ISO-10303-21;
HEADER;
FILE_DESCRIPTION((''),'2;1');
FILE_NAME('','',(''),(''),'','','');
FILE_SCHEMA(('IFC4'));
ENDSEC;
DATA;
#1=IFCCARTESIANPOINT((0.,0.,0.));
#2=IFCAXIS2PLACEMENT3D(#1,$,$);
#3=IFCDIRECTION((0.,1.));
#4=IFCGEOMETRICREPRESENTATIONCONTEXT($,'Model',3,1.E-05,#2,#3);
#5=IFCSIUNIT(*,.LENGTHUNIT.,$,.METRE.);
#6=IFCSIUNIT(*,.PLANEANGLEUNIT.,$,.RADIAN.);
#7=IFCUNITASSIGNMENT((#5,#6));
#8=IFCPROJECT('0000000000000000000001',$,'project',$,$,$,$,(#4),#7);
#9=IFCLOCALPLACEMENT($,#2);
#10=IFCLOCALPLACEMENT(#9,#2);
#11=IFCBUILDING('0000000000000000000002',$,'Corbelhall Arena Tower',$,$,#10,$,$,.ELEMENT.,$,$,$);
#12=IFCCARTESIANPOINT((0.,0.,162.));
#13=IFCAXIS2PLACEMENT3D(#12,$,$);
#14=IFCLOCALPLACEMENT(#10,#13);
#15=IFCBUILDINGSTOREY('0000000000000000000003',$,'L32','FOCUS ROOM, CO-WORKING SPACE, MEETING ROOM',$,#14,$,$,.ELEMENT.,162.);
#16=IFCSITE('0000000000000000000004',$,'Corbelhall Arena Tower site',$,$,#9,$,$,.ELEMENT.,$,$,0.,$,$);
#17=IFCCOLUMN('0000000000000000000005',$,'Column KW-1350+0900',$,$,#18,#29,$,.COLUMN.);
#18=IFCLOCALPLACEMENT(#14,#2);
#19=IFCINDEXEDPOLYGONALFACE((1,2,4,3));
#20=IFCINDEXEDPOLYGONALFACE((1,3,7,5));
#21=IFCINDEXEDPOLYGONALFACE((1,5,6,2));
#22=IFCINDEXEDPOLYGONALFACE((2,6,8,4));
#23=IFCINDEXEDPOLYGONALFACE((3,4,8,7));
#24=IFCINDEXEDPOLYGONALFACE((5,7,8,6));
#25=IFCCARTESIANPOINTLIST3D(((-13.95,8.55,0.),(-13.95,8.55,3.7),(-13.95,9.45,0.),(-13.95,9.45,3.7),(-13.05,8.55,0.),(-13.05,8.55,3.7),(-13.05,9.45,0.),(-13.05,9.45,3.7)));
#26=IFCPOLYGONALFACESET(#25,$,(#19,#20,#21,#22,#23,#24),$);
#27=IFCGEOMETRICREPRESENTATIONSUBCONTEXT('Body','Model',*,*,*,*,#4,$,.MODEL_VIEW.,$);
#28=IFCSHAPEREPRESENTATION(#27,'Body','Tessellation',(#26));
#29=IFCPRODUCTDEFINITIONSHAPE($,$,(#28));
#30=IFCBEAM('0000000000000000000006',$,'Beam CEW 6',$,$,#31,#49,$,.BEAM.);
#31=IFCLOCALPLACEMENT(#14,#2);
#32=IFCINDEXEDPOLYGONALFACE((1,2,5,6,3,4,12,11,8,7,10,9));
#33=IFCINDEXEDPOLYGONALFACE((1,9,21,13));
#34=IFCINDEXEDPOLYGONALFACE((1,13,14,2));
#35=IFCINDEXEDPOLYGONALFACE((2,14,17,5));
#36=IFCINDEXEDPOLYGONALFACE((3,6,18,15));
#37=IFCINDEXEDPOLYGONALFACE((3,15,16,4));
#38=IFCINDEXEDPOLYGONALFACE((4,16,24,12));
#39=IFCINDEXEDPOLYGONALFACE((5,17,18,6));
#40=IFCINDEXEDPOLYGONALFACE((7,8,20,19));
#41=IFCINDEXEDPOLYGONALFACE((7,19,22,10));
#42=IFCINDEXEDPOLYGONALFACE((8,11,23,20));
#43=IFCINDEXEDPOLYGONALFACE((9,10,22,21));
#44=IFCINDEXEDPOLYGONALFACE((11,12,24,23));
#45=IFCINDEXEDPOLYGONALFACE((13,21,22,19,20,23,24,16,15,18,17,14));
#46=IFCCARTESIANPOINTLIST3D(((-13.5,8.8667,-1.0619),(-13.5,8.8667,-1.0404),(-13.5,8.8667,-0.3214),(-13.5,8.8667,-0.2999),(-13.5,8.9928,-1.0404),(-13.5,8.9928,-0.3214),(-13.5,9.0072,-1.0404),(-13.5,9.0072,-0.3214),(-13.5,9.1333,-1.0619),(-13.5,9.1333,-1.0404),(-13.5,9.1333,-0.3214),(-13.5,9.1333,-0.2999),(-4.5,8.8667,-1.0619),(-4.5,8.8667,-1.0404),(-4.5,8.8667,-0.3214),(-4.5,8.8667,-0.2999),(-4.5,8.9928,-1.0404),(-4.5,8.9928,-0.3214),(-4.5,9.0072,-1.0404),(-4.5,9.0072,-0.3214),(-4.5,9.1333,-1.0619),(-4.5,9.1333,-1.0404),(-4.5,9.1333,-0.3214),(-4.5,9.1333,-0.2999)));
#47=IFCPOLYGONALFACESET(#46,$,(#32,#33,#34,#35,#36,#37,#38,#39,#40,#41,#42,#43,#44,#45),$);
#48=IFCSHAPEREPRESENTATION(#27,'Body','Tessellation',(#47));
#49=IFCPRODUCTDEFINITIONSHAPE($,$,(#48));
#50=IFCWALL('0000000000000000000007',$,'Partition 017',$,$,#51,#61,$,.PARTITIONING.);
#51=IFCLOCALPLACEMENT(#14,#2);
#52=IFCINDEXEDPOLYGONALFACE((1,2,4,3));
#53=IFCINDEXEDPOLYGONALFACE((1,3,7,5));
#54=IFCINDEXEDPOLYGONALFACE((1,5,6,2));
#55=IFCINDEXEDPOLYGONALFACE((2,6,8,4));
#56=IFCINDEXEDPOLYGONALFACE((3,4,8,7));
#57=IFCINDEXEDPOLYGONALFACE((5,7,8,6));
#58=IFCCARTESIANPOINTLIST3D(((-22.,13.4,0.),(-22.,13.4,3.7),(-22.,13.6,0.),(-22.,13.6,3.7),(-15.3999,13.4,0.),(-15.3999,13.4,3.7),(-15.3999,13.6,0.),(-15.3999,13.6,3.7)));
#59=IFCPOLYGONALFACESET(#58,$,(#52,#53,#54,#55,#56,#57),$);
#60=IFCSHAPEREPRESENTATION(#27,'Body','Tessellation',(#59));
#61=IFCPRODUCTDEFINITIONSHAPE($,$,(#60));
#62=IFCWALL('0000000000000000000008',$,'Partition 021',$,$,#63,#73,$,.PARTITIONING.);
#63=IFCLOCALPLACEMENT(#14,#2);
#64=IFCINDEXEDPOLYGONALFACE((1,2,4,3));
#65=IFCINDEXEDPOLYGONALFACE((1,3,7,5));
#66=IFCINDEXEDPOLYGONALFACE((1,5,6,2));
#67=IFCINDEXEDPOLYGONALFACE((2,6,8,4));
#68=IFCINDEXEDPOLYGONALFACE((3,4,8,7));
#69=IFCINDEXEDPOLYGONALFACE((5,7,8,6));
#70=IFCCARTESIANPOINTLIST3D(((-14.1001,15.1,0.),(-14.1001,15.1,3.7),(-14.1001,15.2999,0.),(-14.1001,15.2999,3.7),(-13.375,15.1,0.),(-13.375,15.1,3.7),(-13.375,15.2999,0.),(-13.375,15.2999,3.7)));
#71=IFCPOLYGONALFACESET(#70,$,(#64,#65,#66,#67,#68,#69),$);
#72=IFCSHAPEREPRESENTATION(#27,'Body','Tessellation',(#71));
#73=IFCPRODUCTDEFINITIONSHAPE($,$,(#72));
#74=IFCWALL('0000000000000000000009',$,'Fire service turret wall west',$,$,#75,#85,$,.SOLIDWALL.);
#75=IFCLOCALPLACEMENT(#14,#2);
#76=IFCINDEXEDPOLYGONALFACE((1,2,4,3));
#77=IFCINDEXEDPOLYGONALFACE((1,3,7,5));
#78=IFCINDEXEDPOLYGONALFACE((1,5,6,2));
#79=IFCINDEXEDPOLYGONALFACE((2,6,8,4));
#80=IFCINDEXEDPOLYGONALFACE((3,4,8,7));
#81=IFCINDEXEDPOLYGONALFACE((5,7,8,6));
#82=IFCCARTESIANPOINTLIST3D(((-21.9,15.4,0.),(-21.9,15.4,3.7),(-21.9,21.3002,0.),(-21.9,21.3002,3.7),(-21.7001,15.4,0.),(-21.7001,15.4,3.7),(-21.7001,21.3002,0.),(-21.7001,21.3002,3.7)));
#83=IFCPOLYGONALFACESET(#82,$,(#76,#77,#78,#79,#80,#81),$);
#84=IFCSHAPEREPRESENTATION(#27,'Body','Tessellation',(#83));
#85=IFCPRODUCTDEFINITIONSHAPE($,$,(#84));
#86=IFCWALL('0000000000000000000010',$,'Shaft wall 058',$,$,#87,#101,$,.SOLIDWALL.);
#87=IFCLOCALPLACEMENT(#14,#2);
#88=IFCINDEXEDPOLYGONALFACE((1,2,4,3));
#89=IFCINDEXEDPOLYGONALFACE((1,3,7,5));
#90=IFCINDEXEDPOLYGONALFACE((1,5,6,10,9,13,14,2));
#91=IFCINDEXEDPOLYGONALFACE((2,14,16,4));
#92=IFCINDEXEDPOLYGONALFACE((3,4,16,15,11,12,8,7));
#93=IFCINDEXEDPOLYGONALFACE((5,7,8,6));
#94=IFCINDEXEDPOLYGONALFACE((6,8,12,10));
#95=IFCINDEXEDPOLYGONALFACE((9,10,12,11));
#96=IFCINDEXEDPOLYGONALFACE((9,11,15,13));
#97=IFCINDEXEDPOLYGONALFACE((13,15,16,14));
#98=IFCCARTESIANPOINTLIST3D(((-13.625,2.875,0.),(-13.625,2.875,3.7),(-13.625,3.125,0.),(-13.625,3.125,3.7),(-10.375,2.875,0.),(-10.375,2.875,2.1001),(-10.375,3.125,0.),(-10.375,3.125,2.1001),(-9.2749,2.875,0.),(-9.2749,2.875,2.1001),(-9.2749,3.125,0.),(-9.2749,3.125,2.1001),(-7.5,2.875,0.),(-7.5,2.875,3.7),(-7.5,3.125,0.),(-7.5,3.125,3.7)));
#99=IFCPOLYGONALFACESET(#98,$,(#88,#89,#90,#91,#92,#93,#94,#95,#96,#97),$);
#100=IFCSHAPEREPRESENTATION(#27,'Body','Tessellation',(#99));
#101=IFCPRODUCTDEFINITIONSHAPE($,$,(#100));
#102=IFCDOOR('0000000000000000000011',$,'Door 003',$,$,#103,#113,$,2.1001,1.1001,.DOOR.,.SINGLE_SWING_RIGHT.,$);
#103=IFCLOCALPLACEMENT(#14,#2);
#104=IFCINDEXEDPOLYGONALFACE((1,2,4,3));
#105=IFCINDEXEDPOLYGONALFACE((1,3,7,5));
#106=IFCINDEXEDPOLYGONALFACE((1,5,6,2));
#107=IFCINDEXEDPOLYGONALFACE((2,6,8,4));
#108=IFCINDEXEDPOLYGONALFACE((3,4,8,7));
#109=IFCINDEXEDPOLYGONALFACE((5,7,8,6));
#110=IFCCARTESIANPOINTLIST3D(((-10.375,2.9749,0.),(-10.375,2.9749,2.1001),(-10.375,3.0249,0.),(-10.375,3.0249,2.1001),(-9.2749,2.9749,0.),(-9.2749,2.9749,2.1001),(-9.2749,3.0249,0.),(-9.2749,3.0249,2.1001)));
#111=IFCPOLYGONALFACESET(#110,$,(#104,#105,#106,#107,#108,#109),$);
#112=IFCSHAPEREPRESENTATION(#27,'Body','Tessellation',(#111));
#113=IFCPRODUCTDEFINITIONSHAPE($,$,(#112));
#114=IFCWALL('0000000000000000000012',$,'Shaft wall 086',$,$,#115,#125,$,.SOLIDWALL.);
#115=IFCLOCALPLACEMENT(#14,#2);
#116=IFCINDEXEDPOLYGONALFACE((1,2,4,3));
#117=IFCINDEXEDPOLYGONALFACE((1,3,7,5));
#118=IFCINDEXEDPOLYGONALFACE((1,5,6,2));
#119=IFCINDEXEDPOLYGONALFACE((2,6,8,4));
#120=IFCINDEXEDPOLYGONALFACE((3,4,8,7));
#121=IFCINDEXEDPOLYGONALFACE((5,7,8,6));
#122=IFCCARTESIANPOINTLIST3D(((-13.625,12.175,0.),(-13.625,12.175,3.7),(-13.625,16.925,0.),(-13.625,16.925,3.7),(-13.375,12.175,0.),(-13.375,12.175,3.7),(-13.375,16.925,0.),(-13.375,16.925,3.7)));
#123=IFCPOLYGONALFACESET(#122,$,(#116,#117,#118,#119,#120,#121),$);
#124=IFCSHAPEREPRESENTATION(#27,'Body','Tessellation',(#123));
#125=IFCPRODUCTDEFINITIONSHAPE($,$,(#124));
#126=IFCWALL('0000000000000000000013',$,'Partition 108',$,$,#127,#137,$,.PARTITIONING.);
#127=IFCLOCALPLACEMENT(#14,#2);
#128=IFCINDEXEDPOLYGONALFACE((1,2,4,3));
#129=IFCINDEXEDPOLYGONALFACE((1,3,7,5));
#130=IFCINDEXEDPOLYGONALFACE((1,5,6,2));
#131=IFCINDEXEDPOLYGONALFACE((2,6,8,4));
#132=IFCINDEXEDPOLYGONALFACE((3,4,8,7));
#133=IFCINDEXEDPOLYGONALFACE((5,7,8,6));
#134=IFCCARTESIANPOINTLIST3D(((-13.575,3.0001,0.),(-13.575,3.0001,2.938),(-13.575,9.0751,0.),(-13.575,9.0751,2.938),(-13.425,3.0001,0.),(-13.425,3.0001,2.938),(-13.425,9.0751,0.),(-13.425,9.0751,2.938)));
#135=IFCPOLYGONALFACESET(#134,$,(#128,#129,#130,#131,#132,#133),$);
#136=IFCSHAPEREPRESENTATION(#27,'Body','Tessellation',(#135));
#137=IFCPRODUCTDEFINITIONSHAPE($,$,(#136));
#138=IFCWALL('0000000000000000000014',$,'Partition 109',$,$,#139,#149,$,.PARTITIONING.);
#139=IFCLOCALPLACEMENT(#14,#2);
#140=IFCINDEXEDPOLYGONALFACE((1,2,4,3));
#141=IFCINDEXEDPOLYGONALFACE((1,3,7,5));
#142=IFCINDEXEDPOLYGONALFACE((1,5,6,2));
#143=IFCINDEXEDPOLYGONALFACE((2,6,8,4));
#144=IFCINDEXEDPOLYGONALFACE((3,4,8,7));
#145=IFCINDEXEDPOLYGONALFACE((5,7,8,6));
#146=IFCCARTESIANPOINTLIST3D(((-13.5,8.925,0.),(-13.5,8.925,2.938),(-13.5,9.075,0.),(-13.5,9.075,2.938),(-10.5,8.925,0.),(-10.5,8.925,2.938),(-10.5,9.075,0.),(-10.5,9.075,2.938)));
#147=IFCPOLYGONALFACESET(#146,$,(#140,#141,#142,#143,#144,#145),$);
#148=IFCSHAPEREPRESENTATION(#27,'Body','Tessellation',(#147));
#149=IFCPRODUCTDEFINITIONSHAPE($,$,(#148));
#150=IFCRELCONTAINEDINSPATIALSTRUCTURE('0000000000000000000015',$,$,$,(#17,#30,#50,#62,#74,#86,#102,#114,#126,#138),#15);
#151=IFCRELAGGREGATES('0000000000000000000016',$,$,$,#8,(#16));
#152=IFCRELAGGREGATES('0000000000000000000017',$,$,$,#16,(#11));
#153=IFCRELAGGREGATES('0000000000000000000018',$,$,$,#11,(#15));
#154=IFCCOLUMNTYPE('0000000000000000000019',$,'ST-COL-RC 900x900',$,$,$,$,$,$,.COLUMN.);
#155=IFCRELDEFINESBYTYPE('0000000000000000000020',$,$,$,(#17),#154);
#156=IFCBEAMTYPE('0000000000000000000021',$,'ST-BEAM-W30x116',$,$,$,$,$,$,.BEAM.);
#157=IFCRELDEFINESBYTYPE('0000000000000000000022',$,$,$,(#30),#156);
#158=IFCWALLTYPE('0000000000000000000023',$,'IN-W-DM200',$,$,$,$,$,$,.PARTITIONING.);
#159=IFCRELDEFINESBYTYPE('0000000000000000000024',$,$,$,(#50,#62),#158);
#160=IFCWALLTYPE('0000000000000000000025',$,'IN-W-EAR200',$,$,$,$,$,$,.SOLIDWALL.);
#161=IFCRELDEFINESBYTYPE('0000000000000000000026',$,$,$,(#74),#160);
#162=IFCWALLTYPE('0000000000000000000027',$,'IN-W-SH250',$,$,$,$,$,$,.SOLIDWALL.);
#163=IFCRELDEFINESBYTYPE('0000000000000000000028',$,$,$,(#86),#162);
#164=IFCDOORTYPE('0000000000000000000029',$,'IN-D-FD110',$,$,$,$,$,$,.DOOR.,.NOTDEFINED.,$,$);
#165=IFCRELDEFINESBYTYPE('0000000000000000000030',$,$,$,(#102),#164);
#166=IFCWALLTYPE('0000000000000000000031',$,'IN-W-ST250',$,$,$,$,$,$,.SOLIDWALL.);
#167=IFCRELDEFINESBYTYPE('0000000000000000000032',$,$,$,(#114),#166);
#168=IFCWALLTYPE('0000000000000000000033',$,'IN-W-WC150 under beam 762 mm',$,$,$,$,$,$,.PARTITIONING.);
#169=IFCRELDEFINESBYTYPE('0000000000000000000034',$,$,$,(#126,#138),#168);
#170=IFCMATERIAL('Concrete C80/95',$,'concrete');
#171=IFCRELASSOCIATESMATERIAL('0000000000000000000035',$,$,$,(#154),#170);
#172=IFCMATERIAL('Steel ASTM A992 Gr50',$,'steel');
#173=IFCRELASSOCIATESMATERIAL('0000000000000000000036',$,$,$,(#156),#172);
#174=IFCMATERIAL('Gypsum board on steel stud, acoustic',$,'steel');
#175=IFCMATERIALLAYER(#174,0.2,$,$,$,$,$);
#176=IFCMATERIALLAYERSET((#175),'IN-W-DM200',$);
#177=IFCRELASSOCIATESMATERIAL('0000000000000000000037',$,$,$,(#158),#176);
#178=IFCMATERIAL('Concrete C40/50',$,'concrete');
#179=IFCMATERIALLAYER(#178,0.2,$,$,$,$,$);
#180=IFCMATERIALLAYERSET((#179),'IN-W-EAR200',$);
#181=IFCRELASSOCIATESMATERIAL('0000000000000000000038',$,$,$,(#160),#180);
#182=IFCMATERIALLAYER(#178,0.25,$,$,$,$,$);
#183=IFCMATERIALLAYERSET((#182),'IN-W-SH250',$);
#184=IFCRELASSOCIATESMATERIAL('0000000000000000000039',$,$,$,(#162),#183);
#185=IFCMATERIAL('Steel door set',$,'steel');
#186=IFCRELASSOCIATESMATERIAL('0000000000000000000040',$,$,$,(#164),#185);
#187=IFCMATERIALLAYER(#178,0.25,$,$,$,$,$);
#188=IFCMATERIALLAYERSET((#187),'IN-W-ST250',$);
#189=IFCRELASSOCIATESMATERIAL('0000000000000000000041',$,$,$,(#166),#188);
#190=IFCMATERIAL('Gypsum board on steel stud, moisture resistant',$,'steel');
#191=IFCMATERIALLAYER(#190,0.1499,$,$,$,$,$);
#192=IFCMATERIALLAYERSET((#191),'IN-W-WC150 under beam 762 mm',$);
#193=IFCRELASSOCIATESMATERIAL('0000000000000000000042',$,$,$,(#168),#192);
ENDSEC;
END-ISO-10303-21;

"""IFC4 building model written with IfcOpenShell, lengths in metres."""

from ifc_helpers import new_model, si_unit, direction, frame, frame_2d, origin, origin_2d, place, context, subcontext, project, spatial, rectangle, i_section, extrude, material, layer, layer_set, material_profile, profile_set, type_object, element, fill, save


model = new_model("IFC4")

# Units and contexts
model_context = context("Model", 3, precision=1e-05, world=origin(), true_north=direction((0.0, 1.0)))
body_context = subcontext(model_context, "Body", "Model", "MODEL_VIEW")
ifc_project = project(units=[si_unit("LENGTHUNIT", "METRE"), si_unit("PLANEANGLEUNIT", "RADIAN")], contexts=[model_context])

# Site, building, storey
site_placement = place(None, origin())
site = spatial("IfcSite", under=ifc_project, at=site_placement, Name="Corbelhall Arena Tower site", CompositionType="ELEMENT", RefElevation=0.0)
building_placement = place(site_placement, origin())
building = spatial("IfcBuilding", under=site, at=building_placement, Name="Corbelhall Arena Tower", CompositionType="ELEMENT")
storey_placement = place(building_placement, frame((0.0, 0.0, 162.0)))
storey = spatial("IfcBuildingStorey", under=building, at=storey_placement, Name="L32", Description="FOCUS ROOM, CO-WORKING SPACE, MEETING ROOM", CompositionType="ELEMENT", Elevation=162.0)

# Column
ifc_material_1 = material(Name="Concrete C80/95", Category="concrete")
ifc_material_profile_1 = material_profile(ifc_material_1, rectangle(XDim=0.8999, YDim=0.8999, at=origin_2d()))
ifc_profile_set_1 = profile_set([ifc_material_profile_1], Name="Concrete C80/95")
column_type = type_object("IfcColumnType", Name="ST-COL-RC 900x900", PredefinedType="COLUMN", material=ifc_profile_set_1)
column_placement = place(storey_placement, frame((-13.5, 9.0, 0.0), z_axis=(0.0, 0.0, 1.0), x_axis=(1.0, 0.0, 0.0)))
element("IfcColumn", 1, at=column_placement, inside=storey, type_object=column_type, Name="Column KW-1350+0900", PredefinedType="COLUMN", context=body_context, shape_type="SweptSolid", body=[
    extrude(rectangle(XDim=0.8999, YDim=0.8999, at=origin_2d()), origin(), (0.0, 0.0, 1.0), 3.7),
])

# Beam
ifc_material_2 = material(Name="Steel ASTM A992 Gr50", Category="steel")
ifc_material_profile_2 = material_profile(ifc_material_2, i_section(OverallWidth=0.2666, OverallDepth=0.762, WebThickness=0.0144, FlangeThickness=0.0215, at=origin_2d()))
ifc_profile_set_2 = profile_set([ifc_material_profile_2], Name="Steel ASTM A992 Gr50")
beam_type = type_object("IfcBeamType", Name="ST-BEAM-W30x116", PredefinedType="BEAM", material=ifc_profile_set_2)
beam_placement = place(storey_placement, frame((-13.5, 9.0, -0.6809), z_axis=(1.0, 0.0, 0.0), x_axis=(0.0, 1.0, 0.0)))
element("IfcBeam", 2, at=beam_placement, inside=storey, type_object=beam_type, Name="Beam CEW 6", PredefinedType="BEAM", context=body_context, shape_type="SweptSolid", body=[
    extrude(i_section(OverallWidth=0.2666, OverallDepth=0.762, WebThickness=0.0144, FlangeThickness=0.0215, at=origin_2d()), origin(), (0.0, 0.0, 1.0), 9.0),
])

# Shared definitions
ifc_material_3 = material(Name="Gypsum board on steel stud, acoustic", Category="steel")
ifc_layer_1 = layer(ifc_material_3, 0.2)
ifc_layer_set_1 = layer_set([ifc_layer_1], Name="IN-W-DM200")
wall_type_1 = type_object("IfcWallType", Name="IN-W-DM200", PredefinedType="PARTITIONING", material=ifc_layer_set_1)
ifc_material_4 = material(Name="Steel door set", Category="steel")

# Wall
wall_1_placement = place(storey_placement, frame((-15.3999, 13.5, 0.0), z_axis=(0.0, 0.0, 1.0), x_axis=(-1.0, 0.0, 0.0)))
element("IfcWall", 3, at=wall_1_placement, inside=storey, type_object=wall_type_1, Name="Partition 017", PredefinedType="PARTITIONING", context=body_context, shape_type="SweptSolid", body=[
    extrude(rectangle(XDim=6.6001, YDim=0.2, at=frame_2d((3.3, 0.0))), origin(), (0.0, 0.0, 1.0), 3.7),
])

# Wall
wall_2_placement = place(storey_placement, frame((-14.1001, 15.2, 0.0), z_axis=(0.0, 0.0, 1.0), x_axis=(1.0, 0.0, 0.0)))
element("IfcWall", 4, at=wall_2_placement, inside=storey, type_object=wall_type_1, Name="Partition 021", PredefinedType="PARTITIONING", context=body_context, shape_type="SweptSolid", body=[
    extrude(rectangle(XDim=0.7251, YDim=0.2, at=frame_2d((0.3625, 0.0))), origin(), (0.0, 0.0, 1.0), 3.7),
])

# Shared definitions
ifc_material_5 = material(Name="Concrete C40/50", Category="concrete")
ifc_layer_2 = layer(ifc_material_5, 0.2)
ifc_layer_set_2 = layer_set([ifc_layer_2], Name="IN-W-EAR200")
wall_type_2 = type_object("IfcWallType", Name="IN-W-EAR200", PredefinedType="SOLIDWALL", material=ifc_layer_set_2)

# Wall
wall_3_placement = place(storey_placement, frame((-21.8, 15.3999, 0.0), z_axis=(0.0, 0.0, 1.0), x_axis=(0.0, 1.0, 0.0)))
element("IfcWall", 5, at=wall_3_placement, inside=storey, type_object=wall_type_2, Name="Fire service turret wall west", PredefinedType="SOLIDWALL", context=body_context, shape_type="SweptSolid", body=[
    extrude(rectangle(XDim=5.9001, YDim=0.2, at=frame_2d((2.9502, 0.0))), origin(), (0.0, 0.0, 1.0), 3.7),
])

# Wall, opening, door
ifc_layer_3 = layer(ifc_material_5, 0.25)
ifc_layer_set_3 = layer_set([ifc_layer_3], Name="IN-W-SH250")
wall_type_3 = type_object("IfcWallType", Name="IN-W-SH250", PredefinedType="SOLIDWALL", material=ifc_layer_set_3)
wall_4_placement = place(storey_placement, frame((-13.625, 3.0, 0.0), z_axis=(0.0, 0.0, 1.0), x_axis=(1.0, 0.0, 0.0)))
wall_4 = element("IfcWall", 6, at=wall_4_placement, inside=storey, type_object=wall_type_3, Name="Shaft wall 058", PredefinedType="SOLIDWALL", context=body_context, shape_type="SweptSolid", body=[
    extrude(rectangle(XDim=6.125, YDim=0.25, at=frame_2d((3.0625, 0.0))), origin(), (0.0, 0.0, 1.0), 3.7),
])
opening_1_placement = place(wall_4_placement, frame((3.25, 0.0, 0.0)))
opening_1 = element("IfcOpeningElement", 7, at=opening_1_placement, cuts=wall_4, PredefinedType="OPENING", context=body_context, shape_type="SweptSolid", body=[
    extrude(rectangle(XDim=1.1001, YDim=2.1001, at=frame_2d((0.55, 1.05))), frame((0.0, 0.125, 0.0), z_axis=(0.0, -1.0, 0.0), x_axis=(1.0, 0.0, 0.0)), (0.0, 0.0, 1.0), 0.25),
])
door_type_1 = type_object("IfcDoorType", Name="IN-D-FD110", OperationType="NOTDEFINED", PredefinedType="DOOR", material=ifc_material_4)
door_1_placement = place(opening_1_placement, origin())
door_1 = element("IfcDoor", 8, at=door_1_placement, inside=storey, type_object=door_type_1, Name="Door 003", OperationType="SINGLE_SWING_RIGHT", OverallHeight=2.1001, OverallWidth=1.1001, PredefinedType="DOOR", context=body_context, shape_type="SweptSolid", body=[
    extrude(rectangle(XDim=1.1001, YDim=2.1001, at=frame_2d((0.55, 1.05))), frame((0.0, 0.0249, 0.0), z_axis=(0.0, -1.0, 0.0), x_axis=(1.0, 0.0, 0.0)), (0.0, 0.0, 1.0), 0.05),
])
fill(opening_1, door_1)

# Walls
ifc_layer_4 = layer(ifc_material_5, 0.25)
ifc_layer_set_4 = layer_set([ifc_layer_4], Name="IN-W-ST250")
wall_type_4 = type_object("IfcWallType", Name="IN-W-ST250", PredefinedType="SOLIDWALL", material=ifc_layer_set_4)
wall_5_placement = place(storey_placement, frame((-13.5, 12.175, 0.0), z_axis=(0.0, 0.0, 1.0), x_axis=(0.0, 1.0, 0.0)))
element("IfcWall", 9, at=wall_5_placement, inside=storey, type_object=wall_type_4, Name="Shaft wall 086", PredefinedType="SOLIDWALL", context=body_context, shape_type="SweptSolid", body=[
    extrude(rectangle(XDim=4.75, YDim=0.25, at=frame_2d((2.375, 0.0))), origin(), (0.0, 0.0, 1.0), 3.7),
])
ifc_material_6 = material(Name="Gypsum board on steel stud, moisture resistant", Category="steel")
ifc_layer_5 = layer(ifc_material_6, 0.1499)
ifc_layer_set_5 = layer_set([ifc_layer_5], Name="IN-W-WC150 under beam 762 mm")
wall_type_5 = type_object("IfcWallType", Name="IN-W-WC150 under beam 762 mm", PredefinedType="PARTITIONING", material=ifc_layer_set_5)
wall_6_placement = place(storey_placement, frame((-13.5, 3.0, 0.0), z_axis=(0.0, 0.0, 1.0), x_axis=(0.0, 1.0, 0.0)))
element("IfcWall", 10, at=wall_6_placement, inside=storey, type_object=wall_type_5, Name="Partition 108", PredefinedType="PARTITIONING", context=body_context, shape_type="SweptSolid", body=[
    extrude(rectangle(XDim=6.075, YDim=0.1499, at=frame_2d((3.0376, 0.0))), origin(), (0.0, 0.0, 1.0), 2.938),
])
wall_7_placement = place(storey_placement, frame((-13.5, 9.0, 0.0), z_axis=(0.0, 0.0, 1.0), x_axis=(1.0, 0.0, 0.0)))
element("IfcWall", 11, at=wall_7_placement, inside=storey, type_object=wall_type_5, Name="Partition 109", PredefinedType="PARTITIONING", context=body_context, shape_type="SweptSolid", body=[
    extrude(rectangle(XDim=3.0, YDim=0.1499, at=frame_2d((1.5, 0.0))), origin(), (0.0, 0.0, 1.0), 2.938),
])

save(model, "model.ifc")
